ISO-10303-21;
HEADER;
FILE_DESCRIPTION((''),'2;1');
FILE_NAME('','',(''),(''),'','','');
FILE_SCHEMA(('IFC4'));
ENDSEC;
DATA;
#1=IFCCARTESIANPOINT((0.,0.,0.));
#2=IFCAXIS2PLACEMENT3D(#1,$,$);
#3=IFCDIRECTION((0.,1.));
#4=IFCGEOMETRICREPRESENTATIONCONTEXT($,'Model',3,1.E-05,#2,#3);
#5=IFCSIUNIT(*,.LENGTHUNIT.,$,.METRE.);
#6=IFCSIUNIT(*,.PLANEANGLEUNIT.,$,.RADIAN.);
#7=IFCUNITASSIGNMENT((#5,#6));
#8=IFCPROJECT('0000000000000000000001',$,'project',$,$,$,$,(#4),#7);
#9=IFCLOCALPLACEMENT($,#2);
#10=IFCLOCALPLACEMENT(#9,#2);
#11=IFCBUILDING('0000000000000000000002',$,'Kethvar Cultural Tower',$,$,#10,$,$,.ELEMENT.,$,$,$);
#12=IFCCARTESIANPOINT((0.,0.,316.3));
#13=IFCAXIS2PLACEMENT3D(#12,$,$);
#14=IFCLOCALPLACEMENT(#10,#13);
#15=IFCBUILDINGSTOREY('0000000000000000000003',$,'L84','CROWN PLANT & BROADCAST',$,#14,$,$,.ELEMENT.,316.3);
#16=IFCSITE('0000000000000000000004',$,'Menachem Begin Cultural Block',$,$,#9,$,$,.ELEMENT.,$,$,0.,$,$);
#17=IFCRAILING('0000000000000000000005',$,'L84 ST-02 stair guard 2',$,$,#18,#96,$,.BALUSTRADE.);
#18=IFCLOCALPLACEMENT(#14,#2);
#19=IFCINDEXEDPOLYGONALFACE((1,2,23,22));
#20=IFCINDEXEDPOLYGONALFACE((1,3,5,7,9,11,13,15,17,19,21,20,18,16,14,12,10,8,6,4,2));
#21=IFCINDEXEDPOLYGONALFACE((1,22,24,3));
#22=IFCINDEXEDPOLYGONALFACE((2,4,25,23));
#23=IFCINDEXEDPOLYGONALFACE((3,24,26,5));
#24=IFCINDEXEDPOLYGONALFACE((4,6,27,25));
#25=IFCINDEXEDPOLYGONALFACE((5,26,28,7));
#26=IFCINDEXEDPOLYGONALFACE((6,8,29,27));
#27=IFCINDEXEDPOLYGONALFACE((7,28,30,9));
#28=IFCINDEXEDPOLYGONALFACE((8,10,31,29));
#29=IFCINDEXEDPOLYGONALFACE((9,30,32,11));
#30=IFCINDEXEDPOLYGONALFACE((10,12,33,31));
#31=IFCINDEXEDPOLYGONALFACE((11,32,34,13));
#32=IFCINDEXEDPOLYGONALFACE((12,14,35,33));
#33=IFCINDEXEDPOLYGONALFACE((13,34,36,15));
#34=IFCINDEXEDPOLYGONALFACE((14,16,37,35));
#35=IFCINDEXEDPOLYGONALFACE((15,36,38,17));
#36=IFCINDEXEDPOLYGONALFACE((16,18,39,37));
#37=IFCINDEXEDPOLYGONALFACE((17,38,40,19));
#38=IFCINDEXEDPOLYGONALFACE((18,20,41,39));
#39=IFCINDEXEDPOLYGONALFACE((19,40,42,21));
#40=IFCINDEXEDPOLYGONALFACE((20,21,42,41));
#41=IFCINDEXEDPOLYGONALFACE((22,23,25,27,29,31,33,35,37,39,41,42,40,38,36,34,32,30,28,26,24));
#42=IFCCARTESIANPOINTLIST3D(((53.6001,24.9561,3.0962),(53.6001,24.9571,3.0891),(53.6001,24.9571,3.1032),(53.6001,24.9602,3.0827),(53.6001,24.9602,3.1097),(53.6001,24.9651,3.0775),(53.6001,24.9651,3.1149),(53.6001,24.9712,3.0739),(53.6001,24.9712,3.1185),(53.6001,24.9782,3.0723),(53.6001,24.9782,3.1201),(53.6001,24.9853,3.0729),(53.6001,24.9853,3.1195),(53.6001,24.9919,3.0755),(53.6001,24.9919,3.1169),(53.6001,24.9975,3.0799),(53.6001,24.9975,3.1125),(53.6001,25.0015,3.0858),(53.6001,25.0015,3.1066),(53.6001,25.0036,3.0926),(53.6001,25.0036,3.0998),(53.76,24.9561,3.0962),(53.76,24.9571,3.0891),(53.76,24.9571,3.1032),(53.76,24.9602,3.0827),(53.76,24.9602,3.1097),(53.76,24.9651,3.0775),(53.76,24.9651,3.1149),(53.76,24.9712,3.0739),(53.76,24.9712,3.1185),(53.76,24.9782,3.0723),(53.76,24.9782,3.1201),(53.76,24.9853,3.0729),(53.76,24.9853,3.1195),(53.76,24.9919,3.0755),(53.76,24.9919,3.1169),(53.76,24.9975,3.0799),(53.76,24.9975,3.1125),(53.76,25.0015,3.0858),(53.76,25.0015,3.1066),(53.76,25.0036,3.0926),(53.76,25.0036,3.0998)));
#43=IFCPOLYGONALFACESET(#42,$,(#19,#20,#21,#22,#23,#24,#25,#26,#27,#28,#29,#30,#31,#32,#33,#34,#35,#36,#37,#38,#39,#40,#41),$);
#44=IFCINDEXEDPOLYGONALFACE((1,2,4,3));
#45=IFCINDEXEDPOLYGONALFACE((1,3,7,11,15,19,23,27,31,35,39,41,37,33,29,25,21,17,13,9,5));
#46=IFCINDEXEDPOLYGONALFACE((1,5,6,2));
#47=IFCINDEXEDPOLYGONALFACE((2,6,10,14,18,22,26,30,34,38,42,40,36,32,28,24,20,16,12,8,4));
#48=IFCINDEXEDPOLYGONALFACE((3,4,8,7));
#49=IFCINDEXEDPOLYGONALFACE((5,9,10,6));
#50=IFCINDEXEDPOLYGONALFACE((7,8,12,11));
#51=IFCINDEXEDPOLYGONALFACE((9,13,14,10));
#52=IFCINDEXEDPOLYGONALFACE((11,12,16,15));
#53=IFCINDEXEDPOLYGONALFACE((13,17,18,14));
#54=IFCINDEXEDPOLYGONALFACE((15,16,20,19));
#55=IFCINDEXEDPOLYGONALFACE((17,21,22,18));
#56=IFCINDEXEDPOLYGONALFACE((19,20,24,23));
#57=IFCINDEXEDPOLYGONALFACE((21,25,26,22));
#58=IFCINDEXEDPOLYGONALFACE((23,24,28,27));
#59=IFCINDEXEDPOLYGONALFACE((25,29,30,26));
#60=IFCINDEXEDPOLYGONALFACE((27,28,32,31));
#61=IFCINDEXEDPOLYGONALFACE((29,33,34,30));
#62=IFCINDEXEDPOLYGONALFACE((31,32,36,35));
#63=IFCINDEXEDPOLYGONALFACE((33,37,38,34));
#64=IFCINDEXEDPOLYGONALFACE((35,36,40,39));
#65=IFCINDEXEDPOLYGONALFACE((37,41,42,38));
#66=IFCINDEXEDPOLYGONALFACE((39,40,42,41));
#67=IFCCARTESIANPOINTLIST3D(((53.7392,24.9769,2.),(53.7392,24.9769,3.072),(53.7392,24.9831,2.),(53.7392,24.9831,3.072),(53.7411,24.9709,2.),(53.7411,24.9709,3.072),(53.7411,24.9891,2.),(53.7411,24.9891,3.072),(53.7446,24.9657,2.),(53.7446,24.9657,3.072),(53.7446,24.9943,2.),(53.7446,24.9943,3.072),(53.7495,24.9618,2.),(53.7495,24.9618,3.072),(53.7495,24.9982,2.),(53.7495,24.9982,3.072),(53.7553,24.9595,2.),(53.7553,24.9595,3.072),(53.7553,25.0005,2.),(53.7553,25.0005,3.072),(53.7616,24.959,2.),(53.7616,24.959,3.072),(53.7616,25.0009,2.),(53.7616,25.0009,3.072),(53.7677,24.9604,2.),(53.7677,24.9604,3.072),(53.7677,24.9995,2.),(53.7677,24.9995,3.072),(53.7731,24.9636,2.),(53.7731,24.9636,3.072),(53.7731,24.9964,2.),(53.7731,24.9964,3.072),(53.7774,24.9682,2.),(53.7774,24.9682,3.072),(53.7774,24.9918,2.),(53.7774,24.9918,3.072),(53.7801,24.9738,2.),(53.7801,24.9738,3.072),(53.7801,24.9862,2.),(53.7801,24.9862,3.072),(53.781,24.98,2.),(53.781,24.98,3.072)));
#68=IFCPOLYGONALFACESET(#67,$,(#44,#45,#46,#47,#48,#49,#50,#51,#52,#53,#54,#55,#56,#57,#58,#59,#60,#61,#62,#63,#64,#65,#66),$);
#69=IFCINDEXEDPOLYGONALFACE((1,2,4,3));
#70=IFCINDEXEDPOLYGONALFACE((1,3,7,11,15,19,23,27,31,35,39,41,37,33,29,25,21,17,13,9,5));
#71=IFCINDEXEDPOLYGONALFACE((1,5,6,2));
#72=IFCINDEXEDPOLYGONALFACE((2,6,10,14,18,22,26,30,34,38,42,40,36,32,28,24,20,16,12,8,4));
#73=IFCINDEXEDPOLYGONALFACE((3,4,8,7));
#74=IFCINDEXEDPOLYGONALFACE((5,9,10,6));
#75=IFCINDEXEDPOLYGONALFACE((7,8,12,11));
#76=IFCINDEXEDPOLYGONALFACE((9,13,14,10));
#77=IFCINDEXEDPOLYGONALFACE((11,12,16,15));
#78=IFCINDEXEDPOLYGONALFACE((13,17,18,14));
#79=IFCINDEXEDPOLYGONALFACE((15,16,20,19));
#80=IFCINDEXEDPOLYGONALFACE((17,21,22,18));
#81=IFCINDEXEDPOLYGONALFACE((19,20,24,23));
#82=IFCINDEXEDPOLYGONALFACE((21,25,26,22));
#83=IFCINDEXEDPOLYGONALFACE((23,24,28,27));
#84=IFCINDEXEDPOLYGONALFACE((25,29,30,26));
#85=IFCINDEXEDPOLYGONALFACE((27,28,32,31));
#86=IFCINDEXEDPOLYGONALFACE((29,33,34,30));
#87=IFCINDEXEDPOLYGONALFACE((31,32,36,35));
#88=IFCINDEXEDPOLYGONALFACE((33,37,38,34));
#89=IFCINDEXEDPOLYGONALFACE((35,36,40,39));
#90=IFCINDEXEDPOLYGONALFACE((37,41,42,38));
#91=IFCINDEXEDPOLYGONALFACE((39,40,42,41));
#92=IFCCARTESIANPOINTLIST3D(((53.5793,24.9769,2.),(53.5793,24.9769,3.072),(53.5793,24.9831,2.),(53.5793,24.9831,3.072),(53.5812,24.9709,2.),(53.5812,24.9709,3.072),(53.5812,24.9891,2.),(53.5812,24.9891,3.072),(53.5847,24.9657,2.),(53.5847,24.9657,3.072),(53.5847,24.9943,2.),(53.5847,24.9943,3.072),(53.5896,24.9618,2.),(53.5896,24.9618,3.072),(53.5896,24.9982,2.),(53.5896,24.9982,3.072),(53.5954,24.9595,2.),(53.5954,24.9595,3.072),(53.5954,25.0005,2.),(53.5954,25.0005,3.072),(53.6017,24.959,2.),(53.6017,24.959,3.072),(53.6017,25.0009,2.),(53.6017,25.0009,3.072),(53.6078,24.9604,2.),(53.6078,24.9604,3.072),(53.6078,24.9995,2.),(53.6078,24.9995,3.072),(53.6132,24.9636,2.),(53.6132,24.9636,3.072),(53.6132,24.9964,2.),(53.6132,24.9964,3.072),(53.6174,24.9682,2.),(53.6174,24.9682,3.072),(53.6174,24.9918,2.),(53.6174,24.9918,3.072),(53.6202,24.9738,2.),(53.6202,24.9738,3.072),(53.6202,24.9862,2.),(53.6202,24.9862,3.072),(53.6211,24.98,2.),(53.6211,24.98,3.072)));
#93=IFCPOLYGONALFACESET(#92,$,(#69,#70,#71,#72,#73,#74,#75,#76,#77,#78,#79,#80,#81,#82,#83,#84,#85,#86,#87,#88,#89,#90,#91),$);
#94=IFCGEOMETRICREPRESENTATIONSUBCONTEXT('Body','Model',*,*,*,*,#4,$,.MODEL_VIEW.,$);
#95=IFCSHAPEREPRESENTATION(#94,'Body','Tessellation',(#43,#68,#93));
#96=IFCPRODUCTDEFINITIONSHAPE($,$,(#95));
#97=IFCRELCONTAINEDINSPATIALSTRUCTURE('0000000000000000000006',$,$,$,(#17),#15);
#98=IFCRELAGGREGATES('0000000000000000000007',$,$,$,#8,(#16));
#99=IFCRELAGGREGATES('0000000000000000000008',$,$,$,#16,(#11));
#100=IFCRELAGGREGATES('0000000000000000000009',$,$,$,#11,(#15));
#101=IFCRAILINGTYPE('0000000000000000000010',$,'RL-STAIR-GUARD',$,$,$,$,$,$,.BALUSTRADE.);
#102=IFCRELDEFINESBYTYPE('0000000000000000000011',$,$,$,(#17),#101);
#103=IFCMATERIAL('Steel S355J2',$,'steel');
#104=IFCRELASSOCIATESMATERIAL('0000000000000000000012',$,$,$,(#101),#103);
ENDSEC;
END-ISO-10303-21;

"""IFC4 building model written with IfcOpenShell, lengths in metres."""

from ifc_helpers import new_model, si_unit, direction, frame, origin, origin_2d, place, context, subcontext, project, spatial, circle, extrude, material, type_object, element, save


model = new_model("IFC4")

# Units and contexts
model_context = context("Model", 3, precision=1e-05, world=origin(), true_north=direction((0.0, 1.0)))
body_context = subcontext(model_context, "Body", "Model", "MODEL_VIEW")
ifc_project = project(units=[si_unit("LENGTHUNIT", "METRE"), si_unit("PLANEANGLEUNIT", "RADIAN")], contexts=[model_context])

# Site, building, storey
site_placement = place(None, origin())
site = spatial("IfcSite", under=ifc_project, at=site_placement, Name="Menachem Begin Cultural Block", CompositionType="ELEMENT", RefElevation=0.0)
building_placement = place(site_placement, origin())
building = spatial("IfcBuilding", under=site, at=building_placement, Name="Kethvar Cultural Tower", CompositionType="ELEMENT")
storey_placement = place(building_placement, frame((0.0, 0.0, 316.3)))
storey = spatial("IfcBuildingStorey", under=building, at=storey_placement, Name="L84", Description="CROWN PLANT & BROADCAST", CompositionType="ELEMENT", Elevation=316.3)

# Shared definitions
ifc_material_1 = material(Name="Steel S355J2", Category="steel")

# Railing
railing_type_1 = type_object("IfcRailingType", Name="RL-STAIR-GUARD", PredefinedType="BALUSTRADE", material=ifc_material_1)
railing_1_placement = place(storey_placement, frame((53.76, 24.98, 2.0)))
element("IfcRailing", 1, at=railing_1_placement, inside=storey, type_object=railing_type_1, Name="L84 ST-02 stair guard 2", PredefinedType="BALUSTRADE", context=body_context, shape_type="SweptSolid", body=[
    extrude(circle(Radius=0.0239, at=origin_2d()), frame((0.0, 0.0, 1.0962), z_axis=(-1.0, 0.0, 0.0), x_axis=(0.0, -1.0, 0.0)), (0.0, 0.0, 1.0), 0.1599),
    extrude(circle(Radius=0.021, at=origin_2d()), origin(), (0.0, 0.0, 1.0), 1.072),
    extrude(circle(Radius=0.021, at=origin_2d()), frame((-0.1599, 0.0, 0.0)), (0.0, 0.0, 1.0), 1.072),
])

save(model, "model.ifc")
